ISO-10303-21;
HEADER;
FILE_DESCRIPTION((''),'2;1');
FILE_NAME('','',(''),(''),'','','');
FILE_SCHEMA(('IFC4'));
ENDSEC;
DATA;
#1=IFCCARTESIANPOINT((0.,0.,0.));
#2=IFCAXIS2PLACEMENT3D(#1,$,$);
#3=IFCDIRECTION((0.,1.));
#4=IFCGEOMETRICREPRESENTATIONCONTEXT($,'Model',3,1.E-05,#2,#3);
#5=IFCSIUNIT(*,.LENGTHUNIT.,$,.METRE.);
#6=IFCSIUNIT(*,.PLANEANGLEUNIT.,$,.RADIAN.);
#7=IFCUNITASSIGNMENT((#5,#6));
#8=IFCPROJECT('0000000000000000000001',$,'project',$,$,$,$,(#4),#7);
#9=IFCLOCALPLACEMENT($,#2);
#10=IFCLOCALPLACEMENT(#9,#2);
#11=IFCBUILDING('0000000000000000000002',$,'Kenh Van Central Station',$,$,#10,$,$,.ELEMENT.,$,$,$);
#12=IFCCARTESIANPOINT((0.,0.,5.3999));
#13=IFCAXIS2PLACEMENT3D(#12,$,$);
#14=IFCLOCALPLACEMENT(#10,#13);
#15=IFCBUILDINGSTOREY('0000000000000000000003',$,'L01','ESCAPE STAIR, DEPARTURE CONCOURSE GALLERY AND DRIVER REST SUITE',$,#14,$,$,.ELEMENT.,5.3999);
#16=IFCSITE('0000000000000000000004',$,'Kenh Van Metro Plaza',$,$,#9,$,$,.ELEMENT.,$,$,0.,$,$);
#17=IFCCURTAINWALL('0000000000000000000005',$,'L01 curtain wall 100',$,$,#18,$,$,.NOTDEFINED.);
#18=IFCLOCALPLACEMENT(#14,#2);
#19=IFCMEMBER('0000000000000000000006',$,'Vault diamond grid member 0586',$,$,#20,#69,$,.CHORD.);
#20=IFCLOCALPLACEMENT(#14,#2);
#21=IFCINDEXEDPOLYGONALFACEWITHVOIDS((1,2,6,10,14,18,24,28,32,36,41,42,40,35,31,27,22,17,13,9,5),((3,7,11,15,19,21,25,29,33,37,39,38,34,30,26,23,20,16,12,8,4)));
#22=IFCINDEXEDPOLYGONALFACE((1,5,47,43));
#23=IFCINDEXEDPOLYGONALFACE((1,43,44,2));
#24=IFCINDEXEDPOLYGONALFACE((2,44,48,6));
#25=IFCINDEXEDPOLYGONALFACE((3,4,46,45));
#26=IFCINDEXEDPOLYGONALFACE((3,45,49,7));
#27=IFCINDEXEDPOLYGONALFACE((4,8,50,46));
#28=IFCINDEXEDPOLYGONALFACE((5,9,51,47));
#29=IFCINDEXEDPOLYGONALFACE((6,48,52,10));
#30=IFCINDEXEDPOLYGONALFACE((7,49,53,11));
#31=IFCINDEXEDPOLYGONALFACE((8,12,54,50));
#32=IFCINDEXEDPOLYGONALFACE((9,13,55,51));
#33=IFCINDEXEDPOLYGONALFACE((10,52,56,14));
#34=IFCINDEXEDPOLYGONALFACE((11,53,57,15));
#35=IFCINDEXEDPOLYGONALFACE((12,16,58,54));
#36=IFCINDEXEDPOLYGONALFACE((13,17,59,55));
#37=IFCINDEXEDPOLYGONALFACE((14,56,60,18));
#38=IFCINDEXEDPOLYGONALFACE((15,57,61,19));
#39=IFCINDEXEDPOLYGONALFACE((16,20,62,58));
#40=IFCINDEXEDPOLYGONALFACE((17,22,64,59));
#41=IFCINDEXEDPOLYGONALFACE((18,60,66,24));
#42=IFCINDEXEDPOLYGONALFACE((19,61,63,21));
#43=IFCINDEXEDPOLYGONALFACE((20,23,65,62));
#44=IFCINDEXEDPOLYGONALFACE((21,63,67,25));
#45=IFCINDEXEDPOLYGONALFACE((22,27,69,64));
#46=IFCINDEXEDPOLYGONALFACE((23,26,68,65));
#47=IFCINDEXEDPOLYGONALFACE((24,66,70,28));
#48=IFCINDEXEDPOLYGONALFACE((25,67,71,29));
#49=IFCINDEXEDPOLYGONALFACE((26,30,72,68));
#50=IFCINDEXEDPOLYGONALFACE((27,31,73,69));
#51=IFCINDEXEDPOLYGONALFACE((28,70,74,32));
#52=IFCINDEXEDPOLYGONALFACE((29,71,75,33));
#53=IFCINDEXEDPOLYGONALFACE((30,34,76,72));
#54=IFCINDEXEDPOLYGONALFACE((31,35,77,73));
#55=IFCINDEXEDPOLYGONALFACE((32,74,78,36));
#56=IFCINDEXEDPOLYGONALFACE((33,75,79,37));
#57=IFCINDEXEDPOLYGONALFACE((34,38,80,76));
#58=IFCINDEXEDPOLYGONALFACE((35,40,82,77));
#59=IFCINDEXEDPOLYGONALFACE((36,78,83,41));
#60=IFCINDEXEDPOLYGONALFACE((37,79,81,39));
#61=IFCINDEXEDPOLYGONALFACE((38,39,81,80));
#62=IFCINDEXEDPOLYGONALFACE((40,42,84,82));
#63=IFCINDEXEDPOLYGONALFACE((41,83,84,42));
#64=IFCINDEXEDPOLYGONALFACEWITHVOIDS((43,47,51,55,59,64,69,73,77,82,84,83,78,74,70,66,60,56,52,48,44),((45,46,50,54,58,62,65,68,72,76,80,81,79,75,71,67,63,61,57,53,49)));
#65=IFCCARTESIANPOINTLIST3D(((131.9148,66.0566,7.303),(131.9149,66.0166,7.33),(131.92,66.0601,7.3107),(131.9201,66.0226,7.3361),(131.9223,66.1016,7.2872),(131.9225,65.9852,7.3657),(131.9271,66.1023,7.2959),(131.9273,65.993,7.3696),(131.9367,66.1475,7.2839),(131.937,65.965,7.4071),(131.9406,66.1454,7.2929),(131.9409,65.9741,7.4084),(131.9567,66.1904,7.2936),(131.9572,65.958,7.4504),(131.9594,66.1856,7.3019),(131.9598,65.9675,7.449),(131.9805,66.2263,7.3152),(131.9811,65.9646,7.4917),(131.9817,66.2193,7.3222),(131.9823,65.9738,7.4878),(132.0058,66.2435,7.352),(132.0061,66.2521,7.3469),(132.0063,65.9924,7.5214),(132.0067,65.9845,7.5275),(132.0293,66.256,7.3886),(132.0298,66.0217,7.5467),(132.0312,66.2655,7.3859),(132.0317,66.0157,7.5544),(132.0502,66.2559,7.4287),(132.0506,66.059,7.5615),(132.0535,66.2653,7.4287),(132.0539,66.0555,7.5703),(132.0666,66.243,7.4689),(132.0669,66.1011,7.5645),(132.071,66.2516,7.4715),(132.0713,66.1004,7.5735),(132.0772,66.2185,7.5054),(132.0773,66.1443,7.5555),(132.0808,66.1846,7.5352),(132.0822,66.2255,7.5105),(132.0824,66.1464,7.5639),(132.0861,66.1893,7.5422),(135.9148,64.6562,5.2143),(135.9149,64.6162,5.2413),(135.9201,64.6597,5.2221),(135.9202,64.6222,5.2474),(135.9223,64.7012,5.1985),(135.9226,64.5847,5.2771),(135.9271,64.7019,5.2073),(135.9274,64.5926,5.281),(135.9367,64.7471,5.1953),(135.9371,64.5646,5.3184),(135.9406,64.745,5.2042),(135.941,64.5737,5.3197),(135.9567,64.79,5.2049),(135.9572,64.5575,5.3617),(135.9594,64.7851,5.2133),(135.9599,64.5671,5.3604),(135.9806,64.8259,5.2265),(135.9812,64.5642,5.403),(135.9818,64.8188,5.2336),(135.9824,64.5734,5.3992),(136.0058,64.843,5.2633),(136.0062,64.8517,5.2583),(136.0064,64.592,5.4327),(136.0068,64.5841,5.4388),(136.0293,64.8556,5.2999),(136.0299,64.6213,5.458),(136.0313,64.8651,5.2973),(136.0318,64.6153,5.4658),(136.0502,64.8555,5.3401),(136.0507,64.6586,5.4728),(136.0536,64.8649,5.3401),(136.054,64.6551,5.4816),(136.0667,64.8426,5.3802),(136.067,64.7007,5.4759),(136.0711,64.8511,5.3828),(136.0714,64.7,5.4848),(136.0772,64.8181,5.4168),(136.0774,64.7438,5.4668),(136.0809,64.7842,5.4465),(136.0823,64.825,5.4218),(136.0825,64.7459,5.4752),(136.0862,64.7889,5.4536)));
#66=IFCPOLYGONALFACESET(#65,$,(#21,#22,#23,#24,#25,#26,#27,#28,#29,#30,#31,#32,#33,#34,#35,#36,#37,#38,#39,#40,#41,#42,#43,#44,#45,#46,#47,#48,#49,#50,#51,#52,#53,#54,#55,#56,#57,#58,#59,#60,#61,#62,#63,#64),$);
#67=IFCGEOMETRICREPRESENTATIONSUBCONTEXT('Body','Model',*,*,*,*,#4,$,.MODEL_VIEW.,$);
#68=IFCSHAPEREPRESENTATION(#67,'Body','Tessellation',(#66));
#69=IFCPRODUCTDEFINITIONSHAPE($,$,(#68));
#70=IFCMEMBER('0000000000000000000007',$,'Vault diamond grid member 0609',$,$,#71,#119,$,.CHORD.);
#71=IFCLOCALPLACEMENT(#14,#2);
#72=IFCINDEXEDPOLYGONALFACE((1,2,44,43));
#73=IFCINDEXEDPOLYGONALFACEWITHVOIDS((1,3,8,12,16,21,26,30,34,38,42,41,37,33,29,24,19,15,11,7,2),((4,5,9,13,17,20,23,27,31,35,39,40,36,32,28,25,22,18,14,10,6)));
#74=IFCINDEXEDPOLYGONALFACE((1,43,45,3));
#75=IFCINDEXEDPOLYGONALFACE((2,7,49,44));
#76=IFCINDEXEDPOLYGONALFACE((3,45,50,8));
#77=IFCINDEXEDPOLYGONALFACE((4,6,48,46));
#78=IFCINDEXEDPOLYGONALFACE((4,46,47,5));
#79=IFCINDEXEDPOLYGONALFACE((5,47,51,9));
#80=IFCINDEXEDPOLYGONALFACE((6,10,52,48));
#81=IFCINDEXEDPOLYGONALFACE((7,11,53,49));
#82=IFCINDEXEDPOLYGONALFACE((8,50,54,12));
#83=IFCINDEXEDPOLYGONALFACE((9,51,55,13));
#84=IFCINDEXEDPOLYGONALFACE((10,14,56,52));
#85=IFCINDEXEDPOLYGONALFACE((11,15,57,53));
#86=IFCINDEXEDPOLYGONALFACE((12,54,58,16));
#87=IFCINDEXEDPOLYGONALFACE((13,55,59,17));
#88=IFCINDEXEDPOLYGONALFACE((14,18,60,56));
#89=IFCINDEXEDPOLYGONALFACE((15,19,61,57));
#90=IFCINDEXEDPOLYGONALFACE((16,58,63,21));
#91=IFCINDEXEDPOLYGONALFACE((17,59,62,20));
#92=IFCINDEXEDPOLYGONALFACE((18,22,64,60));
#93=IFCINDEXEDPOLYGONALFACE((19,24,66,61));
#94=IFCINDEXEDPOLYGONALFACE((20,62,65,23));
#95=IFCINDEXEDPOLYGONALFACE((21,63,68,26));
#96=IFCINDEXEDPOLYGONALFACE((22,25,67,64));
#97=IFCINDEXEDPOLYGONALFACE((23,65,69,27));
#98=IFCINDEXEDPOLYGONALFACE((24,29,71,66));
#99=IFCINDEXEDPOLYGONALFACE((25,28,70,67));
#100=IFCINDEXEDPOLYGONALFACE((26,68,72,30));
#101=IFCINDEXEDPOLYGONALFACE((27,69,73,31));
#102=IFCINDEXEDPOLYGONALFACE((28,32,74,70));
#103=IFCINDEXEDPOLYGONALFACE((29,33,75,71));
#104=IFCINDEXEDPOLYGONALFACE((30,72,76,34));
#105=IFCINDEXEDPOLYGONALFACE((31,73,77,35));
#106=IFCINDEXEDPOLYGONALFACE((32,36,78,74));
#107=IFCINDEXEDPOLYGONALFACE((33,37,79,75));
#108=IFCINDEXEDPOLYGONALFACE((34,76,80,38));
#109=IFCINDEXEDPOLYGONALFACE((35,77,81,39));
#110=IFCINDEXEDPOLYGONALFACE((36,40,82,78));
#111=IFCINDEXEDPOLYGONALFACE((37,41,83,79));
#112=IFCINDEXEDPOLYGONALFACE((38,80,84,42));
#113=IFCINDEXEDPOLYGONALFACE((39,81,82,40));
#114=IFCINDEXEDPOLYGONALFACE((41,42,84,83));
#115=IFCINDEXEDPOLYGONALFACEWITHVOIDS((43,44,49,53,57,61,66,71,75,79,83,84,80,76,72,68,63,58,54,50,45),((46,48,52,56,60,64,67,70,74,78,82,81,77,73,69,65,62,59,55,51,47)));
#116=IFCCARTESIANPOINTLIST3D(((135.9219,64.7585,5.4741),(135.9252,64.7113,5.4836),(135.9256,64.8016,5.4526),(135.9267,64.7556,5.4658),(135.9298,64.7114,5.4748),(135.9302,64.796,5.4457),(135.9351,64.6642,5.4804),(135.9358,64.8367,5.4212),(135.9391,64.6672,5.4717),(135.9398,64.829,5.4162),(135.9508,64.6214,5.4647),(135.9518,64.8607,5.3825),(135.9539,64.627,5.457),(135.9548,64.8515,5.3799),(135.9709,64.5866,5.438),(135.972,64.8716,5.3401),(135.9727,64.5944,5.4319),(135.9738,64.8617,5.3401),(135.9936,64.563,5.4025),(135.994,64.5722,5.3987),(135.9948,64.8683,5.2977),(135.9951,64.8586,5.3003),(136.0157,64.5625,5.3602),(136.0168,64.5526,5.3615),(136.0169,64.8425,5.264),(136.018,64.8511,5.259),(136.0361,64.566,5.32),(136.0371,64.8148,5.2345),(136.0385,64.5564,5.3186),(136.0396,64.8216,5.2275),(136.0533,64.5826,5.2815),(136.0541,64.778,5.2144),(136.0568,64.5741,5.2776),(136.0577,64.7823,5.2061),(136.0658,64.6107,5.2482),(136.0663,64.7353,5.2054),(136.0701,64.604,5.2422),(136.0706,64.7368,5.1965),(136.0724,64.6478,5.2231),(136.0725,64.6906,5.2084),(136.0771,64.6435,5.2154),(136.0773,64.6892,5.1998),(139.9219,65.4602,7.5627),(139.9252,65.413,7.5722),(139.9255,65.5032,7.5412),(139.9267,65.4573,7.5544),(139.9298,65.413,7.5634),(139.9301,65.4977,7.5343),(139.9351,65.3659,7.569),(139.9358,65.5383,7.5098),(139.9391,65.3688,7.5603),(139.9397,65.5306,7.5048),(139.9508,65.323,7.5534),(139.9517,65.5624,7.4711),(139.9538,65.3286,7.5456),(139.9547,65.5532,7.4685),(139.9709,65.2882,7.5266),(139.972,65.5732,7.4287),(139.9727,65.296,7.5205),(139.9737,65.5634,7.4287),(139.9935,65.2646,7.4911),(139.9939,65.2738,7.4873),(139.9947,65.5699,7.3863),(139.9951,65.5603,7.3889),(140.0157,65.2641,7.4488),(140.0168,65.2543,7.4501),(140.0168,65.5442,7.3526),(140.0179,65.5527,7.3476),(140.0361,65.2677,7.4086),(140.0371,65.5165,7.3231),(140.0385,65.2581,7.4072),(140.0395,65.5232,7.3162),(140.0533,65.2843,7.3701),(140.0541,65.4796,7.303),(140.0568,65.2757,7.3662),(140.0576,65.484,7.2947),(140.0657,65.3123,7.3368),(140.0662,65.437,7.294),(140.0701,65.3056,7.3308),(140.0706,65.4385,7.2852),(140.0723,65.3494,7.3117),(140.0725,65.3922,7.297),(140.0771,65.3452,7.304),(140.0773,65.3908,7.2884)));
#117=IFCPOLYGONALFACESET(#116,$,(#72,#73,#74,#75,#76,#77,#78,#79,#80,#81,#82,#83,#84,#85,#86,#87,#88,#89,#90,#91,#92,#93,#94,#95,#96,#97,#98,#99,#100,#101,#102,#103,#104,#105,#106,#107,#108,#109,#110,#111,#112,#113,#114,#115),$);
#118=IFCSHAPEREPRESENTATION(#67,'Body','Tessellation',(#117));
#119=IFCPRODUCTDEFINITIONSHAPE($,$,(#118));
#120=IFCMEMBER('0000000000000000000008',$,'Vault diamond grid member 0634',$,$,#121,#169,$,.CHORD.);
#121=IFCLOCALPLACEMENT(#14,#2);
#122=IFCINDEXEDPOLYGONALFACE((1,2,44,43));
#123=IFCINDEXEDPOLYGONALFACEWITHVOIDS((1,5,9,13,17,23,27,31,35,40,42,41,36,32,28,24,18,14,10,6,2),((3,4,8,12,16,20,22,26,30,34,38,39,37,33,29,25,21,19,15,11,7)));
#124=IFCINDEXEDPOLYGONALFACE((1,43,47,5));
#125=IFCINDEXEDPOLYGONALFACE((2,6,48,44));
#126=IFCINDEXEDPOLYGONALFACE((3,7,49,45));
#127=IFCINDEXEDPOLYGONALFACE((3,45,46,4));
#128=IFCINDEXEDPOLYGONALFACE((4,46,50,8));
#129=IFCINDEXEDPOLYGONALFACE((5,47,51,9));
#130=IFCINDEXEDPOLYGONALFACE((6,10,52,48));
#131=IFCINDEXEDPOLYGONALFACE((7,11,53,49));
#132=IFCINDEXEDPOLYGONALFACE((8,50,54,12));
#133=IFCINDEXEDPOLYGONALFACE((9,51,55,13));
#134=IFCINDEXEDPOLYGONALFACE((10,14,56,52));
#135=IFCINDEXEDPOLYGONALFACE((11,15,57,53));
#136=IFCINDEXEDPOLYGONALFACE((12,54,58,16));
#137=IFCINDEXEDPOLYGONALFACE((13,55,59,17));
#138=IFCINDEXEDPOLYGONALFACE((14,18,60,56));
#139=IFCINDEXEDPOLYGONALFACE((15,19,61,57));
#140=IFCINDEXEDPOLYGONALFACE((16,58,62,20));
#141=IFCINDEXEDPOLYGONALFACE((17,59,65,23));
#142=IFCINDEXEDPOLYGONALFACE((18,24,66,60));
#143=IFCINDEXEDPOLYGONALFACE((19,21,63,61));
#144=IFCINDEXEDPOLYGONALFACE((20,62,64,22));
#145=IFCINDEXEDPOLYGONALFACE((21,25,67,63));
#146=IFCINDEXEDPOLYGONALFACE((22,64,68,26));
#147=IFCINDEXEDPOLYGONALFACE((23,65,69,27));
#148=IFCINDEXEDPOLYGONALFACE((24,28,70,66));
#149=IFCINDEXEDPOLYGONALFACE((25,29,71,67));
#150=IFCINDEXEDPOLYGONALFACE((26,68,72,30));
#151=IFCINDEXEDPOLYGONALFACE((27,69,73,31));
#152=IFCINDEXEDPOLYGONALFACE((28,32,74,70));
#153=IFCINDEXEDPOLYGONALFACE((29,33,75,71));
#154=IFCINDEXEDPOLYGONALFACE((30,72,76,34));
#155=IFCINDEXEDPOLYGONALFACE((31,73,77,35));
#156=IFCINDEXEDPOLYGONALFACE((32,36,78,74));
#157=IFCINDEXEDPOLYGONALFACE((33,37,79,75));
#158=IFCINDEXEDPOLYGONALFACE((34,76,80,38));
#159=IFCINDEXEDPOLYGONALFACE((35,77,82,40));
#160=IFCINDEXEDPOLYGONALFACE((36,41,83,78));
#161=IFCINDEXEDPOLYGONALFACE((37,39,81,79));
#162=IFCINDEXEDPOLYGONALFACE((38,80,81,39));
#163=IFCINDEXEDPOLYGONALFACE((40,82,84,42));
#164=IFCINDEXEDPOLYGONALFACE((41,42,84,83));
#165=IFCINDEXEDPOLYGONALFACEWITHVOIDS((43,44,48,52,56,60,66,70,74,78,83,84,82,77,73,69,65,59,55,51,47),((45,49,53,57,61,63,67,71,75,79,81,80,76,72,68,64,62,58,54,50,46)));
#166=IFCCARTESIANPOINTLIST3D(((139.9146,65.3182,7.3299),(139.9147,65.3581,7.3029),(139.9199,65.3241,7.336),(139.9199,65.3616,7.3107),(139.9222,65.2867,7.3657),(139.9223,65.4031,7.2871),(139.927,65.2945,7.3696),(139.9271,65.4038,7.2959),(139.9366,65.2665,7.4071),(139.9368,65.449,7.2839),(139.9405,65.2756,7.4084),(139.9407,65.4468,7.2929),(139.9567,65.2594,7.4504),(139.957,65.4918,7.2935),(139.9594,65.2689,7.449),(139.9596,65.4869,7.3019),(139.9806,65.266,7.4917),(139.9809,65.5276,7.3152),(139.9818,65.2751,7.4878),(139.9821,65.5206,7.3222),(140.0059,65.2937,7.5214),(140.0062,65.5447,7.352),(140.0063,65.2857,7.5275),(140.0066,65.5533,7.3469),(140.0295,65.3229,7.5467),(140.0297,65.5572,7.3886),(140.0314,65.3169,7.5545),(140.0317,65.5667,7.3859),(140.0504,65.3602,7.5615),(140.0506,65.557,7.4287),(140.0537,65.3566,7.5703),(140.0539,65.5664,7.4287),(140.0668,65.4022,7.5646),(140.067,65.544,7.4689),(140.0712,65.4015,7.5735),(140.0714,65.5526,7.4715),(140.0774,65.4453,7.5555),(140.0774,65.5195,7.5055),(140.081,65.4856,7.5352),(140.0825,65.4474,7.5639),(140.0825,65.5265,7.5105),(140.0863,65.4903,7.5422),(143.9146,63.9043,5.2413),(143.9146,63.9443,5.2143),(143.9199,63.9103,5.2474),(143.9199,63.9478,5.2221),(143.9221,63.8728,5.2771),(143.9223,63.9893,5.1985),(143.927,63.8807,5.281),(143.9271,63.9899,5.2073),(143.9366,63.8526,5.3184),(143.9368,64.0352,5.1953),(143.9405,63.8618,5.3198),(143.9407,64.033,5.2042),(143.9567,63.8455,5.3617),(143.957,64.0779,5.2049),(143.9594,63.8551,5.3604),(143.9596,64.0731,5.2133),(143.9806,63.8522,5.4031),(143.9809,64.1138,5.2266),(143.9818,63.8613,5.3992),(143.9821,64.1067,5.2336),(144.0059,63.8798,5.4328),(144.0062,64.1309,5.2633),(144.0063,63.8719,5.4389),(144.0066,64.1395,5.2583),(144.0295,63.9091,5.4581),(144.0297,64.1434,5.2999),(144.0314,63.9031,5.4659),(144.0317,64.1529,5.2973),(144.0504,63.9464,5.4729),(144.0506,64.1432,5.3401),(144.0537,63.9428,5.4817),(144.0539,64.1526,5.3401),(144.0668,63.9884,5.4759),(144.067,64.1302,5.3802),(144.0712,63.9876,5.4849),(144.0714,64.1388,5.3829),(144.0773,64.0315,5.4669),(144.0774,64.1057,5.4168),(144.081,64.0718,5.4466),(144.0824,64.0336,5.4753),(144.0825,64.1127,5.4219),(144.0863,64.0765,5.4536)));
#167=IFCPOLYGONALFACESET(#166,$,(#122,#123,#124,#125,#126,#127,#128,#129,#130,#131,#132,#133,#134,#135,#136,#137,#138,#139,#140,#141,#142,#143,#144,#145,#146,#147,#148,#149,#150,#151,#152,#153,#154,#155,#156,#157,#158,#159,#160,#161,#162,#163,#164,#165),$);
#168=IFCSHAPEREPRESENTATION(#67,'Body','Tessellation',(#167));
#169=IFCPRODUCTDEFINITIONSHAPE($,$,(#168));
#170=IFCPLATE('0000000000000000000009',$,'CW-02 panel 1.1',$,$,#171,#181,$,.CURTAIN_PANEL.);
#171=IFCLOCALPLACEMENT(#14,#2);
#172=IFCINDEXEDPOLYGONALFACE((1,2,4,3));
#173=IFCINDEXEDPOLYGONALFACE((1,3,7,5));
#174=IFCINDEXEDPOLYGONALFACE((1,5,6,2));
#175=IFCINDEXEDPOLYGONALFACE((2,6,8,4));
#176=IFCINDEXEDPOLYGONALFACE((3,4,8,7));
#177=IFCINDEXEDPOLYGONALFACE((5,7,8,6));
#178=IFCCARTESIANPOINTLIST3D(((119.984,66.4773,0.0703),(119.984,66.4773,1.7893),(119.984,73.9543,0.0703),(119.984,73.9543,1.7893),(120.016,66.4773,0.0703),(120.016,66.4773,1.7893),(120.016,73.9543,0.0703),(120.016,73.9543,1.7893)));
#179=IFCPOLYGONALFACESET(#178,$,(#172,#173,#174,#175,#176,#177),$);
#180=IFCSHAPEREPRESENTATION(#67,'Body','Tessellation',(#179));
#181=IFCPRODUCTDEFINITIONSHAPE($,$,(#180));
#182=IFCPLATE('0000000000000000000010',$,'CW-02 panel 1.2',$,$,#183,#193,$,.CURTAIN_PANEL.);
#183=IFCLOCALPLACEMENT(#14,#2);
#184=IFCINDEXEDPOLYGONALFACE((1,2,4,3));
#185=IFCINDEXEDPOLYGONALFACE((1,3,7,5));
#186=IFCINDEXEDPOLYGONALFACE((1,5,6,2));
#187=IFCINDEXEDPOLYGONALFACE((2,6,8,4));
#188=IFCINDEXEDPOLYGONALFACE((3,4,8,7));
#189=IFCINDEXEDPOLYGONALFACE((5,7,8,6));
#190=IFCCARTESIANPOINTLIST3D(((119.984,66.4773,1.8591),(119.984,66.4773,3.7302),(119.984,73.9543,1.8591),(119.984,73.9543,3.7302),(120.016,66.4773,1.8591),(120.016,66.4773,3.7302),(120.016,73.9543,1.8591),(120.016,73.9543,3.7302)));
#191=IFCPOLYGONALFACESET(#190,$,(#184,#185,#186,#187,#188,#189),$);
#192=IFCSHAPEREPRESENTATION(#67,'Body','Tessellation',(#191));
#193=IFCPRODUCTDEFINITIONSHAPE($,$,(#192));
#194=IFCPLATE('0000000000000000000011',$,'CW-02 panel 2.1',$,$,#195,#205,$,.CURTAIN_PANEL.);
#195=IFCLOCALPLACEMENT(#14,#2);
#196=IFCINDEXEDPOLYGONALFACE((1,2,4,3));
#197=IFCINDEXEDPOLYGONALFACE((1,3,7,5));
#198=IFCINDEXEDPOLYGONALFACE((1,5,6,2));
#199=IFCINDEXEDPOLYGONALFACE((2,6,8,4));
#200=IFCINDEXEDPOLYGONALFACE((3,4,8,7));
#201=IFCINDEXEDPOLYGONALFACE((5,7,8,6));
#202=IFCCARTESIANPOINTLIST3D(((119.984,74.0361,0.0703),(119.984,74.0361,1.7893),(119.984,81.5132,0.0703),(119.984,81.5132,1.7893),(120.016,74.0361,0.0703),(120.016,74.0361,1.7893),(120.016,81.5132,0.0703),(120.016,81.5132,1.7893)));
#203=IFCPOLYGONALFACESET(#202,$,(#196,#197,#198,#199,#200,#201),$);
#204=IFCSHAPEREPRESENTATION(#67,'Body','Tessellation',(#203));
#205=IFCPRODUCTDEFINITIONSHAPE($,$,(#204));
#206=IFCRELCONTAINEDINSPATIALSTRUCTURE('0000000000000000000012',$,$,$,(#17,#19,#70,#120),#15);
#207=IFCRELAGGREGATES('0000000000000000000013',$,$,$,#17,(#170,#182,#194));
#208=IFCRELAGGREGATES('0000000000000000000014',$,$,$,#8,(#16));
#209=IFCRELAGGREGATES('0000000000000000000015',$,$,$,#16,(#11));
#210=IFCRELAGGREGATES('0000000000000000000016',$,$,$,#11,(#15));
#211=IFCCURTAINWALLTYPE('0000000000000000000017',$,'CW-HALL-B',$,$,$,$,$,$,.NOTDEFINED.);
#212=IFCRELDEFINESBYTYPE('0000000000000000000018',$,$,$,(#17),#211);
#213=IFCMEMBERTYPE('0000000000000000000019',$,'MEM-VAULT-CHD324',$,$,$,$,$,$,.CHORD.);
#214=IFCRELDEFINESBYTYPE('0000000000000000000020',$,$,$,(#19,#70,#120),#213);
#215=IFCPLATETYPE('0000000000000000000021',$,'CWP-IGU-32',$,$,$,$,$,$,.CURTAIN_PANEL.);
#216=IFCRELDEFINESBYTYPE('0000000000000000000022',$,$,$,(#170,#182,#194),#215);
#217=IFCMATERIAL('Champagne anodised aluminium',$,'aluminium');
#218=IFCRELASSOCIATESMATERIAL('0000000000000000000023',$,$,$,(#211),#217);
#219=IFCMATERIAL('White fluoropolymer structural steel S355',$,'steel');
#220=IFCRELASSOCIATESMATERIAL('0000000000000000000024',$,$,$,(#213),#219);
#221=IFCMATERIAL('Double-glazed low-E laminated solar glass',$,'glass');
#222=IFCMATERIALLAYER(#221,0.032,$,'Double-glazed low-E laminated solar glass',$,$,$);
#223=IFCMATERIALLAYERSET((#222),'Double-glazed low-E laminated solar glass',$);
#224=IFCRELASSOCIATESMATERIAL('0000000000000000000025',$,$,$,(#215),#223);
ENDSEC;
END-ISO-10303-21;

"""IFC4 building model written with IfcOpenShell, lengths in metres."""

from ifc_helpers import new_model, si_unit, direction, frame, origin, origin_2d, place, context, subcontext, project, spatial, rectangle, hollow_circle, extrude, material, layer, layer_set, material_profile, profile_set, type_object, element, aggregate, save


model = new_model("IFC4")

# Units and contexts
model_context = context("Model", 3, precision=1e-05, world=origin(), true_north=direction((0.0, 1.0)))
body_context = subcontext(model_context, "Body", "Model", "MODEL_VIEW")
ifc_project = project(units=[si_unit("LENGTHUNIT", "METRE"), si_unit("PLANEANGLEUNIT", "RADIAN")], contexts=[model_context])

# Site, building, storey
site_placement = place(None, origin())
site = spatial("IfcSite", under=ifc_project, at=site_placement, Name="Kenh Van Metro Plaza", CompositionType="ELEMENT", RefElevation=0.0)
building_placement = place(site_placement, origin())
building = spatial("IfcBuilding", under=site, at=building_placement, Name="Kenh Van Central Station", CompositionType="ELEMENT")
storey_placement = place(building_placement, frame((0.0, 0.0, 5.3999)))
storey = spatial("IfcBuildingStorey", under=building, at=storey_placement, Name="L01", Description="ESCAPE STAIR, DEPARTURE CONCOURSE GALLERY AND DRIVER REST SUITE", CompositionType="ELEMENT", Elevation=5.3999)

# Shared definitions
ifc_material_1 = material(Name="White fluoropolymer structural steel S355", Category="steel")

# Curtain wall
ifc_material_2 = material(Name="Champagne anodised aluminium", Category="aluminium")
curtain_wall_type = type_object("IfcCurtainWallType", Name="CW-HALL-B", PredefinedType="NOTDEFINED", material=ifc_material_2)
curtain_wall_1_placement = place(storey_placement, origin())
curtain_wall_1 = element("IfcCurtainWall", 1, at=curtain_wall_1_placement, inside=storey, type_object=curtain_wall_type, Name="L01 curtain wall 100", PredefinedType="NOTDEFINED")

# Members
ifc_material_profile_1 = material_profile(ifc_material_1, hollow_circle(Radius=0.1619, WallThickness=0.01, at=origin_2d()), Name="CHS 323.9x10")
ifc_profile_set_1 = profile_set([ifc_material_profile_1], Name="White fluoropolymer structural steel S355")
member_type_1 = type_object("IfcMemberType", Name="MEM-VAULT-CHD324", PredefinedType="CHORD", material=ifc_profile_set_1)
member_1_placement = place(storey_placement, frame((132.0, 66.1125, 7.4287), z_axis=(0.846602, -0.296393, -0.442058), x_axis=(0.330433, 0.94383, 0.0)))
element("IfcMember", 2, at=member_1_placement, inside=storey, type_object=member_type_1, Name="Vault diamond grid member 0586", PredefinedType="CHORD", context=body_context, shape_type="SweptSolid", body=[
    extrude(hollow_circle(Radius=0.1619, WallThickness=0.01, at=origin_2d()), origin(), (0.0, 0.0, 1.0), 4.7249),
])
member_2_placement = place(storey_placement, frame((136.0, 64.7122, 5.3401), z_axis=(0.875908, 0.153647, 0.45736), x_axis=(-0.172777, 0.984961, 0.0)))
element("IfcMember", 3, at=member_2_placement, inside=storey, type_object=member_type_1, Name="Vault diamond grid member 0609", PredefinedType="CHORD", context=body_context, shape_type="SweptSolid", body=[
    extrude(hollow_circle(Radius=0.1619, WallThickness=0.01, at=origin_2d()), origin(), (0.0, 0.0, 1.0), 4.5667),
])
member_3_placement = place(storey_placement, frame((140.0, 65.4138, 7.4287), z_axis=(0.845887, -0.298983, -0.441685), x_axis=(0.333251, 0.942838, 0.0)))
element("IfcMember", 4, at=member_3_placement, inside=storey, type_object=member_type_1, Name="Vault diamond grid member 0634", PredefinedType="CHORD", context=body_context, shape_type="SweptSolid", body=[
    extrude(hollow_circle(Radius=0.1619, WallThickness=0.01, at=origin_2d()), origin(), (0.0, 0.0, 1.0), 4.7288),
])

# Plates
ifc_material_3 = material(Name="Double-glazed low-E laminated solar glass", Category="glass")
ifc_layer_1 = layer(ifc_material_3, 0.032, Name="Double-glazed low-E laminated solar glass")
ifc_layer_set_1 = layer_set([ifc_layer_1], Name="Double-glazed low-E laminated solar glass")
plate_type = type_object("IfcPlateType", Name="CWP-IGU-32", PredefinedType="CURTAIN_PANEL", material=ifc_layer_set_1)
plate_1_placement = place(storey_placement, frame((120.0, 70.2158, 0.0703), z_axis=(0.0, 0.0, 1.0), x_axis=(0.0, 1.0, 0.0)))
plate_1 = element("IfcPlate", 5, at=plate_1_placement, type_object=plate_type, Name="CW-02 panel 1.1", PredefinedType="CURTAIN_PANEL", context=body_context, shape_type="SweptSolid", body=[
    extrude(rectangle(XDim=7.4771, YDim=0.032, at=origin_2d()), origin(), (0.0, 0.0, 1.0), 1.719),
])
plate_2_placement = place(storey_placement, frame((120.0, 70.2158, 1.8591), z_axis=(0.0, 0.0, 1.0), x_axis=(0.0, 1.0, 0.0)))
plate_2 = element("IfcPlate", 6, at=plate_2_placement, type_object=plate_type, Name="CW-02 panel 1.2", PredefinedType="CURTAIN_PANEL", context=body_context, shape_type="SweptSolid", body=[
    extrude(rectangle(XDim=7.4771, YDim=0.032, at=origin_2d()), origin(), (0.0, 0.0, 1.0), 1.8711),
])
plate_3_placement = place(storey_placement, frame((120.0, 77.7747, 0.0703), z_axis=(0.0, 0.0, 1.0), x_axis=(0.0, 1.0, 0.0)))
plate_3 = element("IfcPlate", 7, at=plate_3_placement, type_object=plate_type, Name="CW-02 panel 2.1", PredefinedType="CURTAIN_PANEL", context=body_context, shape_type="SweptSolid", body=[
    extrude(rectangle(XDim=7.4771, YDim=0.032, at=origin_2d()), origin(), (0.0, 0.0, 1.0), 1.719),
])
aggregate(curtain_wall_1, [plate_1, plate_2, plate_3])

save(model, "model.ifc")
